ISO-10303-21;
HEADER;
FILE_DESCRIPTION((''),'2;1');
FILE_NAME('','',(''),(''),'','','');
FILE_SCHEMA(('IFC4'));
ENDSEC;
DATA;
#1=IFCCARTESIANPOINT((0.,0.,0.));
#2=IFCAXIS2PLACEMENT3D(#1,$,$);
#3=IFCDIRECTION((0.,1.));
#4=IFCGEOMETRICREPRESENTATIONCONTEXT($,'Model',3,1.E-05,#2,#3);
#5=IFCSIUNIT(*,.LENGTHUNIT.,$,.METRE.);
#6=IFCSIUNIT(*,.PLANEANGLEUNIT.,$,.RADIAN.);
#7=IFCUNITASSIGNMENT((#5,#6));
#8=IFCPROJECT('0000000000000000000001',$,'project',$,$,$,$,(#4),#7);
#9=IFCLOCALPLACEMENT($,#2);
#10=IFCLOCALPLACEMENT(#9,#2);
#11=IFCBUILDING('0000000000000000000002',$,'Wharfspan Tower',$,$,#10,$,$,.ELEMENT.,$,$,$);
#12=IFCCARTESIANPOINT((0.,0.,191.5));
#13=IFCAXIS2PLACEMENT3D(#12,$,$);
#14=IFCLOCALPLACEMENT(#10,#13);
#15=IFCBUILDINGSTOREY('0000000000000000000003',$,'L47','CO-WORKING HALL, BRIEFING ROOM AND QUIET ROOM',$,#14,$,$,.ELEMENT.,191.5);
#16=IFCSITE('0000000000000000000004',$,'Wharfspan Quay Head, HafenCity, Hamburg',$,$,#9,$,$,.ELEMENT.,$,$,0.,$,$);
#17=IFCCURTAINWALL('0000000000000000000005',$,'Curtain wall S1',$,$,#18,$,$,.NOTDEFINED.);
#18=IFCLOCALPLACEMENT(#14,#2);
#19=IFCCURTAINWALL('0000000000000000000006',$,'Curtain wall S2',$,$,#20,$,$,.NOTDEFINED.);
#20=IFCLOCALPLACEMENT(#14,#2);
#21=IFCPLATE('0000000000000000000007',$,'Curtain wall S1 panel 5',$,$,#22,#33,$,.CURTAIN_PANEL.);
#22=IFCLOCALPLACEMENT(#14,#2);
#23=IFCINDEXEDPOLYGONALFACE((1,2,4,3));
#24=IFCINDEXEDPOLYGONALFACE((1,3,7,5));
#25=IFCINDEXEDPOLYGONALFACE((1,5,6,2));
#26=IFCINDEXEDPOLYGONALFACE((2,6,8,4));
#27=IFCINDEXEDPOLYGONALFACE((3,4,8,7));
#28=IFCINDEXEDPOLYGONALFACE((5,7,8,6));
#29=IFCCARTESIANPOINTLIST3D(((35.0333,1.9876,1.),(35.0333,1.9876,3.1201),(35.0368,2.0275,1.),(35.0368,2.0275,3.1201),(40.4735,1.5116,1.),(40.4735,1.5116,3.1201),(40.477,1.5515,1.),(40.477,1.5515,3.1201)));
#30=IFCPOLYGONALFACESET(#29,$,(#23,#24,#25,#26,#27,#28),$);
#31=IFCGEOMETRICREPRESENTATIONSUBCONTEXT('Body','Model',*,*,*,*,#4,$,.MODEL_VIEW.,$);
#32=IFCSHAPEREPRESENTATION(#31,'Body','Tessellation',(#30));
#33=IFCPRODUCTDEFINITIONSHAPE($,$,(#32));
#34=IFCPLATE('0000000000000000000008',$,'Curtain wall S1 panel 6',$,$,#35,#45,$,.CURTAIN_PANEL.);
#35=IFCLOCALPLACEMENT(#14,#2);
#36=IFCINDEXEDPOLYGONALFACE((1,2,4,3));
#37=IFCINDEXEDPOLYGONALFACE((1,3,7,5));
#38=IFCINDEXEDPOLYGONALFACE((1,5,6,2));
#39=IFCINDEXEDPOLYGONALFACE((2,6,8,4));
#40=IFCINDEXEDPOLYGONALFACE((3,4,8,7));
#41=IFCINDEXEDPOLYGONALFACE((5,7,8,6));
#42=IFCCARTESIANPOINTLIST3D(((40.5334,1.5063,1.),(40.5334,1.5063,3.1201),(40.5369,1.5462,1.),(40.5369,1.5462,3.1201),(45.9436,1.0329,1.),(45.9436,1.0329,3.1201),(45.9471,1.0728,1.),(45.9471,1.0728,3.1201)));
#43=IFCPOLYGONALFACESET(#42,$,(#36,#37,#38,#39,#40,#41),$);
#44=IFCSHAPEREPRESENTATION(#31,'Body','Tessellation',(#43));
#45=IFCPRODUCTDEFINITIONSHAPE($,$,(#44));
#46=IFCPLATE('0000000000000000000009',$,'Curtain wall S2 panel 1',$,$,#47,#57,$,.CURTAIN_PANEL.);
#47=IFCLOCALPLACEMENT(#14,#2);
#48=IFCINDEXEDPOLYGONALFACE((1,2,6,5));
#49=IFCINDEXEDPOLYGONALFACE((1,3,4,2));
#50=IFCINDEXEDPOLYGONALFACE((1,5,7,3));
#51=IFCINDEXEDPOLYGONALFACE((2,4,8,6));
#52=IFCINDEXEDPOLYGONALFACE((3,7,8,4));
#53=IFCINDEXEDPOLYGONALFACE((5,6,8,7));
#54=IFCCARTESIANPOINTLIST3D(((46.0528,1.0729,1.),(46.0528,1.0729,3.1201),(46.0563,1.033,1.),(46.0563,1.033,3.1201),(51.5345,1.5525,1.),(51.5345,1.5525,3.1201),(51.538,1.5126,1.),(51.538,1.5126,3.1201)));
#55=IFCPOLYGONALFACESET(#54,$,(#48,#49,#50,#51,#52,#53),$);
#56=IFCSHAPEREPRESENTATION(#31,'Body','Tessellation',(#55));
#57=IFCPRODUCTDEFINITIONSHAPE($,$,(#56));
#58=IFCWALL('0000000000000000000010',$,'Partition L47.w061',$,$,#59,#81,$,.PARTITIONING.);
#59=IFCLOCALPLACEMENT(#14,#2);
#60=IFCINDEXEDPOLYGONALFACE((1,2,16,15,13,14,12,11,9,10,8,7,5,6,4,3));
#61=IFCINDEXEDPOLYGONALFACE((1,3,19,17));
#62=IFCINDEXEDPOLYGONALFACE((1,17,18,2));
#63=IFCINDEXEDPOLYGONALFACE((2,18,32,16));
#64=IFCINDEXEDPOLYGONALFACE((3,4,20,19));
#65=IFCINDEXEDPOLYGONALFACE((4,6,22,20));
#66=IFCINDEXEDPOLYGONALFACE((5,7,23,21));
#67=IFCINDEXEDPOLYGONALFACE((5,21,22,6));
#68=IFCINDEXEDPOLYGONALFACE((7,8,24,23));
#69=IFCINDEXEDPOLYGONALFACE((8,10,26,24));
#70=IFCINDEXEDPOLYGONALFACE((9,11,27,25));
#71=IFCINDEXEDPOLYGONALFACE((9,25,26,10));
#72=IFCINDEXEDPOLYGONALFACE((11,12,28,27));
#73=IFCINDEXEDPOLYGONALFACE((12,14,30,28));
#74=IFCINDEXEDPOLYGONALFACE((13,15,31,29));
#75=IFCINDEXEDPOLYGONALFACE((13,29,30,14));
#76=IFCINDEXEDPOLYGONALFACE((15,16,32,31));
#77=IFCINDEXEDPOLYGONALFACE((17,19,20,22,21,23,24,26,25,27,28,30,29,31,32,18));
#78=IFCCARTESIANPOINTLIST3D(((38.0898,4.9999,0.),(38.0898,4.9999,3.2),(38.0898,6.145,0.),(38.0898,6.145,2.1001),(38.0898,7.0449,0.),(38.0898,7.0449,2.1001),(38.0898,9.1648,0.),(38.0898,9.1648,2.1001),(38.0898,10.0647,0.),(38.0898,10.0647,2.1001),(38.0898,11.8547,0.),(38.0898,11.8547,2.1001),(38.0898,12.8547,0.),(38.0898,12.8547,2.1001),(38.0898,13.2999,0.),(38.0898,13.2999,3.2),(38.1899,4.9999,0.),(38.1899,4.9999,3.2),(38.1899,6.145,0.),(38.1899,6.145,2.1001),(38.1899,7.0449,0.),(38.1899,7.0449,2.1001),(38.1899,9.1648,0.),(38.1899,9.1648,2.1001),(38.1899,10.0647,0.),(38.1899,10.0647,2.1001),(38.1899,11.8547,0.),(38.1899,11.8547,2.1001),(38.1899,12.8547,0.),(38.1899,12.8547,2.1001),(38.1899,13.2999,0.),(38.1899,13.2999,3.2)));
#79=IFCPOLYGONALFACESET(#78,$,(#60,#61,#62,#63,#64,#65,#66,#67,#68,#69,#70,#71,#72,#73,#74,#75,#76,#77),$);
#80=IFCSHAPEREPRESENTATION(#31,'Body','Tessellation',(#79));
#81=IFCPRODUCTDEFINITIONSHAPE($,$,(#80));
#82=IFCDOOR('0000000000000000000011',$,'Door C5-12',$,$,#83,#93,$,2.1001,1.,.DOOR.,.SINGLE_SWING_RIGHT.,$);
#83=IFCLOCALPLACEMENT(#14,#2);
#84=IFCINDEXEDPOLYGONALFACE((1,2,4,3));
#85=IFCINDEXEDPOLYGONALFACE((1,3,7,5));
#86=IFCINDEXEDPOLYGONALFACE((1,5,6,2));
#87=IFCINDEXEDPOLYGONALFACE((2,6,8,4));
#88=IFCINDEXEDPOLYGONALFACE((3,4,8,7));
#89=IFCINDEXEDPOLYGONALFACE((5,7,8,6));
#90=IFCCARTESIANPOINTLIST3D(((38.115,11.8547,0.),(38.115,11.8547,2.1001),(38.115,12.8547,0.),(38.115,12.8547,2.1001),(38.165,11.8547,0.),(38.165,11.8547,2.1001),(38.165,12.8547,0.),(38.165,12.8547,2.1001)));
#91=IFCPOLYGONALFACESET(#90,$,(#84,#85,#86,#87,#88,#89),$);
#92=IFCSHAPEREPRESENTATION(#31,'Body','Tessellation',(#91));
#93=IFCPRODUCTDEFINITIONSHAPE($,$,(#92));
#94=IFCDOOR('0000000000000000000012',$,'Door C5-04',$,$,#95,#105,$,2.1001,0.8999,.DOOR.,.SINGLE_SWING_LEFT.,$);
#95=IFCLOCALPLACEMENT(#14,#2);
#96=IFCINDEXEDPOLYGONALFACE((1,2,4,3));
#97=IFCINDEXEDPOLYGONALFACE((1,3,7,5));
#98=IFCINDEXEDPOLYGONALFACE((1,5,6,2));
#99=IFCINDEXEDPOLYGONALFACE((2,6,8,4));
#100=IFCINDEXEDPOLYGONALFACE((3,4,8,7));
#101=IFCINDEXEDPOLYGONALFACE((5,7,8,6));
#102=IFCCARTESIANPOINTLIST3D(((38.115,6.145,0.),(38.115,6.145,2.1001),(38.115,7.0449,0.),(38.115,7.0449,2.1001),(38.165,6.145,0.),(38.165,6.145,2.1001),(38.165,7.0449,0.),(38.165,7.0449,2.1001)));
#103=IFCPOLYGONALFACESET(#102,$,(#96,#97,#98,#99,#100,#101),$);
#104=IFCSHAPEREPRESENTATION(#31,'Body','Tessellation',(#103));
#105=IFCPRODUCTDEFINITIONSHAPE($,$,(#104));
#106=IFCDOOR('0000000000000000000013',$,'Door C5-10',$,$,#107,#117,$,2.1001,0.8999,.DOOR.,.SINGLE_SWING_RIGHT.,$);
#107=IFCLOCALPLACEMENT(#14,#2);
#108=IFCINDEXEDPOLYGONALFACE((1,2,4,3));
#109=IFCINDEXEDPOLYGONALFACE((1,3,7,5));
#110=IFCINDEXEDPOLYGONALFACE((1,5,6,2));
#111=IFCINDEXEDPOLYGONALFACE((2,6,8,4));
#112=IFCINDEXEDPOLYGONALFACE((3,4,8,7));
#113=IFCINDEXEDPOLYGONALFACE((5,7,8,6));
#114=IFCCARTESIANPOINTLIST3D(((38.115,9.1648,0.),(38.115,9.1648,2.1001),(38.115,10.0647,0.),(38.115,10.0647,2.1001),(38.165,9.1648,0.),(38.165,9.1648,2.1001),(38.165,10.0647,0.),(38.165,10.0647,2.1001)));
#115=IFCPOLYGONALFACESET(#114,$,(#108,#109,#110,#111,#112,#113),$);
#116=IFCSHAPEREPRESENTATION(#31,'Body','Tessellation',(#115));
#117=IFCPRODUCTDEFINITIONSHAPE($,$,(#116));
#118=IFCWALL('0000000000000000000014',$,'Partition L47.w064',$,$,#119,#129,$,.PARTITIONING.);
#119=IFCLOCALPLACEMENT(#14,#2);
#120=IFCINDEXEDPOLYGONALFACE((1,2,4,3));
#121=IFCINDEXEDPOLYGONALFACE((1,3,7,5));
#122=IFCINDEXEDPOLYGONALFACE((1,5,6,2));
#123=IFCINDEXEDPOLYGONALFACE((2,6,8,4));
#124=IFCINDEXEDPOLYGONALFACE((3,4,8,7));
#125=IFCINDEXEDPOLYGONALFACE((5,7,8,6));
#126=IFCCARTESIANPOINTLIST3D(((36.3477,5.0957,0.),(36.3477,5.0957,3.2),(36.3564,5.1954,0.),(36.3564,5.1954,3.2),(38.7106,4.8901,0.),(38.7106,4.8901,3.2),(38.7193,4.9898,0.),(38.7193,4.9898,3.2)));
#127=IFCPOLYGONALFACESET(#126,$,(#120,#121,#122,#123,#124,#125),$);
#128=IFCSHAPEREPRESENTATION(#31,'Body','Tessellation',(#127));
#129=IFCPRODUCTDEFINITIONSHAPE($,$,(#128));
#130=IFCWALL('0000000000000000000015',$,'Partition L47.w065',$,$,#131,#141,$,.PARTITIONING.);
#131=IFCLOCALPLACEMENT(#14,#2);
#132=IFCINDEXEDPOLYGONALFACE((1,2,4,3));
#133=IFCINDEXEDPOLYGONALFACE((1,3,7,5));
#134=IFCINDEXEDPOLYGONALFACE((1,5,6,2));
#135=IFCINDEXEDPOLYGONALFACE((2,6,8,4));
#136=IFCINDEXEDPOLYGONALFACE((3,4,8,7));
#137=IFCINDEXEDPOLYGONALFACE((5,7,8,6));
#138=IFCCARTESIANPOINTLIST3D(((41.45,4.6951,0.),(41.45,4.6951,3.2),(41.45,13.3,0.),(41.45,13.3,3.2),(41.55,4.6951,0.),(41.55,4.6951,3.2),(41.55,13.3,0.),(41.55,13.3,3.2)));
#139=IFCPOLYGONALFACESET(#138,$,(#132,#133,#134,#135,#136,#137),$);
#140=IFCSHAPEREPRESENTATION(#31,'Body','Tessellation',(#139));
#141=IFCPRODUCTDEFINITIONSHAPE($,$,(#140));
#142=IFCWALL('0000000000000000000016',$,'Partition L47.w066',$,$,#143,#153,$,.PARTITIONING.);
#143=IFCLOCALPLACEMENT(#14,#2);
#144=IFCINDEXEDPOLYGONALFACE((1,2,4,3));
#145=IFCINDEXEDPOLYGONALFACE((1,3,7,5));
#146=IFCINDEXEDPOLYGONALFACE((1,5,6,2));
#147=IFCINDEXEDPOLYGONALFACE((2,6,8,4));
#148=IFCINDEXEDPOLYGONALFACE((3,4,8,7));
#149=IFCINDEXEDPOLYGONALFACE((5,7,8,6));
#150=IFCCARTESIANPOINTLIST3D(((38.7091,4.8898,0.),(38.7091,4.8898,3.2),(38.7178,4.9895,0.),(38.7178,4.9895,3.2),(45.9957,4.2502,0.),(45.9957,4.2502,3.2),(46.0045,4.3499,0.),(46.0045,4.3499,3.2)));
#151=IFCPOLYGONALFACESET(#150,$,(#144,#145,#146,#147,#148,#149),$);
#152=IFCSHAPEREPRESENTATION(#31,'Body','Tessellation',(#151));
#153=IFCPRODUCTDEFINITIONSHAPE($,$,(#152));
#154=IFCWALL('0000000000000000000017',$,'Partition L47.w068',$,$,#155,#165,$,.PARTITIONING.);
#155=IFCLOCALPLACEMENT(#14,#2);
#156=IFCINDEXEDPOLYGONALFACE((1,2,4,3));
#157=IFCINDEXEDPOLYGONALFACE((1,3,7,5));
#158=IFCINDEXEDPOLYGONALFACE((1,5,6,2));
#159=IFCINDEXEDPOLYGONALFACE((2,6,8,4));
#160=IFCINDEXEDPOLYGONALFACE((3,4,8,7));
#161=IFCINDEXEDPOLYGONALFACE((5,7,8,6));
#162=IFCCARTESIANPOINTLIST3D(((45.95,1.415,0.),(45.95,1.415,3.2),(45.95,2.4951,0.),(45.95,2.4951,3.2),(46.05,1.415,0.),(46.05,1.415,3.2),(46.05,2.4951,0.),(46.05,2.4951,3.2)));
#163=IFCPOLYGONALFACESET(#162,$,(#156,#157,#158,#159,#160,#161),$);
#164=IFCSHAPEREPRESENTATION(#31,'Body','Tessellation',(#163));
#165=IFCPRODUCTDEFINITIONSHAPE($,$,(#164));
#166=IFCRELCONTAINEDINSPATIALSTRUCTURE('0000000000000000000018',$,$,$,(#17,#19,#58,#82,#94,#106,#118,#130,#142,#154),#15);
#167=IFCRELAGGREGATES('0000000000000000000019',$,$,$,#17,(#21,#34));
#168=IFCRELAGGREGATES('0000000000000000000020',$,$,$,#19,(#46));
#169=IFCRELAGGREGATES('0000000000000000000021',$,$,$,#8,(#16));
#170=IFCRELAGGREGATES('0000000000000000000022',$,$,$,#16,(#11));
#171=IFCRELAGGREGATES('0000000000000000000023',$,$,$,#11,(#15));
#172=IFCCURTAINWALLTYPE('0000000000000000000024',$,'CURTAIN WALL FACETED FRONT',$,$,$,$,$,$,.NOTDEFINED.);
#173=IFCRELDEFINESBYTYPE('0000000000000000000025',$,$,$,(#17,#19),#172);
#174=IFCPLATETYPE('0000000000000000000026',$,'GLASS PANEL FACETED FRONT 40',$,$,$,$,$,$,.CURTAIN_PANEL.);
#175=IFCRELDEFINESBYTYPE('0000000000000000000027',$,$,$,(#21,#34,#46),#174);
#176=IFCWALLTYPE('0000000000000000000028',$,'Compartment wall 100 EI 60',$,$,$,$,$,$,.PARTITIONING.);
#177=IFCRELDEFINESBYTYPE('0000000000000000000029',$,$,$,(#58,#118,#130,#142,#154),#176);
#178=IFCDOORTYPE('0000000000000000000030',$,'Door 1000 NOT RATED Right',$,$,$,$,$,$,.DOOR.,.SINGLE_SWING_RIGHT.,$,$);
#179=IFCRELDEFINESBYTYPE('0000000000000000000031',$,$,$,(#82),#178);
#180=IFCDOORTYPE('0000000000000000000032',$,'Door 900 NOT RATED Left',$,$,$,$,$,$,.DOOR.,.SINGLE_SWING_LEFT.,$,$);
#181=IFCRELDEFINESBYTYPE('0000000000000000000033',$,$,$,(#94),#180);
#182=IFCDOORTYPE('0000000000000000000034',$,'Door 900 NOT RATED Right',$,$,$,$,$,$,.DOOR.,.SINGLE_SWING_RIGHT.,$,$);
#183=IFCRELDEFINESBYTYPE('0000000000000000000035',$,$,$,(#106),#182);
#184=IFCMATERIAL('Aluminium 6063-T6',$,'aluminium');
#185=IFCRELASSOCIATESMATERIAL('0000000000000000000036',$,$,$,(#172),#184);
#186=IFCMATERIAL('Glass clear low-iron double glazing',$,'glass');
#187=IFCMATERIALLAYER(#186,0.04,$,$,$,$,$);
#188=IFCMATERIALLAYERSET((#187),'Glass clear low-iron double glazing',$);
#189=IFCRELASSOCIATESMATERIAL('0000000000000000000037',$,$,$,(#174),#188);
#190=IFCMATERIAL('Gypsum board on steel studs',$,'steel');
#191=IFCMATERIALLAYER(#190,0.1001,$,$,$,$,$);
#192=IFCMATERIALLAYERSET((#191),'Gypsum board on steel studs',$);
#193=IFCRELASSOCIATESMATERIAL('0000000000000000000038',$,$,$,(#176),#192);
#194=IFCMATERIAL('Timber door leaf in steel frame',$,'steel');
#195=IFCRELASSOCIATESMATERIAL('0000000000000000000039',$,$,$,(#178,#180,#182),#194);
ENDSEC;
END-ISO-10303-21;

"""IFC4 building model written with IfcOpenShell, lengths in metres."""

from ifc_helpers import new_model, si_unit, direction, frame, frame_2d, origin, origin_2d, place, context, subcontext, project, spatial, rectangle, extrude, material, layer, layer_set, type_object, element, fill, aggregate, save


model = new_model("IFC4")

# Units and contexts
model_context = context("Model", 3, precision=1e-05, world=origin(), true_north=direction((0.0, 1.0)))
body_context = subcontext(model_context, "Body", "Model", "MODEL_VIEW")
ifc_project = project(units=[si_unit("LENGTHUNIT", "METRE"), si_unit("PLANEANGLEUNIT", "RADIAN")], contexts=[model_context])

# Site, building, storey
site_placement = place(None, origin())
site = spatial("IfcSite", under=ifc_project, at=site_placement, Name="Wharfspan Quay Head, HafenCity, Hamburg", CompositionType="ELEMENT", RefElevation=0.0)
building_placement = place(site_placement, origin())
building = spatial("IfcBuilding", under=site, at=building_placement, Name="Wharfspan Tower", CompositionType="ELEMENT")
storey_placement = place(building_placement, frame((0.0, 0.0, 191.5)))
storey = spatial("IfcBuildingStorey", under=building, at=storey_placement, Name="L47", Description="CO-WORKING HALL, BRIEFING ROOM AND QUIET ROOM", CompositionType="ELEMENT", Elevation=191.5)

# Curtain walls
ifc_material_1 = material(Name="Aluminium 6063-T6", Category="aluminium")
curtain_wall_type = type_object("IfcCurtainWallType", Name="CURTAIN WALL FACETED FRONT", PredefinedType="NOTDEFINED", material=ifc_material_1)
curtain_wall_1_placement = place(storey_placement, origin())
curtain_wall_1 = element("IfcCurtainWall", 1, at=curtain_wall_1_placement, inside=storey, type_object=curtain_wall_type, Name="Curtain wall S1", PredefinedType="NOTDEFINED")
curtain_wall_2_placement = place(storey_placement, origin())
curtain_wall_2 = element("IfcCurtainWall", 2, at=curtain_wall_2_placement, inside=storey, type_object=curtain_wall_type, Name="Curtain wall S2", PredefinedType="NOTDEFINED")

# Plates
ifc_material_2 = material(Name="Glass clear low-iron double glazing", Category="glass")
ifc_layer_1 = layer(ifc_material_2, 0.04)
ifc_layer_set_1 = layer_set([ifc_layer_1], Name="Glass clear low-iron double glazing")
plate_type = type_object("IfcPlateType", Name="GLASS PANEL FACETED FRONT 40", PredefinedType="CURTAIN_PANEL", material=ifc_layer_set_1)
plate_1_placement = place(storey_placement, frame((37.7551, 1.7695, 1.0), z_axis=(0.0, 0.0, 1.0), x_axis=(0.996198, -0.087156, 0.0)))
plate_1 = element("IfcPlate", 3, at=plate_1_placement, type_object=plate_type, Name="Curtain wall S1 panel 5", PredefinedType="CURTAIN_PANEL", context=body_context, shape_type="SweptSolid", body=[
    extrude(rectangle(XDim=5.4609, YDim=0.04, at=origin_2d()), origin(), (0.0, 0.0, 1.0), 2.1201),
])
plate_2_placement = place(storey_placement, frame((43.2402, 1.2896, 1.0), z_axis=(0.0, 0.0, 1.0), x_axis=(0.996198, -0.087156, 0.0)))
plate_2 = element("IfcPlate", 4, at=plate_2_placement, type_object=plate_type, Name="Curtain wall S1 panel 6", PredefinedType="CURTAIN_PANEL", context=body_context, shape_type="SweptSolid", body=[
    extrude(rectangle(XDim=5.4309, YDim=0.04, at=origin_2d()), origin(), (0.0, 0.0, 1.0), 2.1201),
])
aggregate(curtain_wall_1, [plate_1, plate_2])
plate_3_placement = place(storey_placement, frame((48.7954, 1.2927, 1.0), z_axis=(0.0, 0.0, 1.0), x_axis=(0.996198, 0.087156, 0.0)))
plate_3 = element("IfcPlate", 5, at=plate_3_placement, type_object=plate_type, Name="Curtain wall S2 panel 1", PredefinedType="CURTAIN_PANEL", context=body_context, shape_type="SweptSolid", body=[
    extrude(rectangle(XDim=5.5027, YDim=0.04, at=origin_2d()), origin(), (0.0, 0.0, 1.0), 2.1201),
])
aggregate(curtain_wall_2, [plate_3])

# Wall, openings, doors
ifc_material_3 = material(Name="Gypsum board on steel studs", Category="steel")
ifc_layer_2 = layer(ifc_material_3, 0.1001)
ifc_layer_set_2 = layer_set([ifc_layer_2], Name="Gypsum board on steel studs")
wall_type_1 = type_object("IfcWallType", Name="Compartment wall 100 EI 60", PredefinedType="PARTITIONING", material=ifc_layer_set_2)
wall_1_placement = place(storey_placement, frame((38.1399, 5.0, 0.0), z_axis=(0.0, 0.0, 1.0), x_axis=(0.0, 1.0, 0.0)))
wall_1 = element("IfcWall", 6, at=wall_1_placement, inside=storey, type_object=wall_type_1, Name="Partition L47.w061", PredefinedType="PARTITIONING", context=body_context, shape_type="SweptSolid", body=[
    extrude(rectangle(XDim=8.3, YDim=0.1001, at=frame_2d((4.1499, 0.0))), origin(), (0.0, 0.0, 1.0), 3.2),
])
opening_1_placement = place(wall_1_placement, frame((1.145, 0.0, 0.0)))
opening_1 = element("IfcOpeningElement", 7, at=opening_1_placement, cuts=wall_1, PredefinedType="OPENING", context=body_context, shape_type="SweptSolid", body=[
    extrude(rectangle(XDim=0.8999, YDim=2.1001, at=frame_2d((0.45, 1.05))), frame((0.0, 0.0601, 0.0), z_axis=(0.0, -1.0, 0.0), x_axis=(1.0, 0.0, 0.0)), (0.0, 0.0, 1.0), 0.1201),
])
opening_2_placement = place(wall_1_placement, frame((4.1648, 0.0, 0.0)))
opening_2 = element("IfcOpeningElement", 8, at=opening_2_placement, cuts=wall_1, PredefinedType="OPENING", context=body_context, shape_type="SweptSolid", body=[
    extrude(rectangle(XDim=0.8999, YDim=2.1001, at=frame_2d((0.45, 1.05))), frame((0.0, 0.0601, 0.0), z_axis=(0.0, -1.0, 0.0), x_axis=(1.0, 0.0, 0.0)), (0.0, 0.0, 1.0), 0.1201),
])
opening_3_placement = place(wall_1_placement, frame((6.8547, 0.0, 0.0)))
opening_3 = element("IfcOpeningElement", 9, at=opening_3_placement, cuts=wall_1, PredefinedType="OPENING", context=body_context, shape_type="SweptSolid", body=[
    extrude(rectangle(XDim=1.0, YDim=2.1001, at=frame_2d((0.5, 1.05))), frame((0.0, 0.0601, 0.0), z_axis=(0.0, -1.0, 0.0), x_axis=(1.0, 0.0, 0.0)), (0.0, 0.0, 1.0), 0.1201),
])
ifc_material_4 = material(Name="Timber door leaf in steel frame", Category="steel")
door_type_1 = type_object("IfcDoorType", Name="Door 1000 NOT RATED Right", OperationType="SINGLE_SWING_RIGHT", PredefinedType="DOOR", material=ifc_material_4)
door_1_placement = place(opening_3_placement, origin())
door_1 = element("IfcDoor", 10, at=door_1_placement, inside=storey, type_object=door_type_1, Name="Door C5-12", OperationType="SINGLE_SWING_RIGHT", OverallHeight=2.1001, OverallWidth=1.0, PredefinedType="DOOR", context=body_context, shape_type="SweptSolid", body=[
    extrude(rectangle(XDim=1.0, YDim=2.1001, at=frame_2d((0.5, 1.05))), frame((0.0, 0.0249, 0.0), z_axis=(0.0, -1.0, 0.0), x_axis=(1.0, 0.0, 0.0)), (0.0, 0.0, 1.0), 0.05),
])
fill(opening_3, door_1)
door_type_2 = type_object("IfcDoorType", Name="Door 900 NOT RATED Left", OperationType="SINGLE_SWING_LEFT", PredefinedType="DOOR", material=ifc_material_4)
door_2_placement = place(opening_1_placement, origin())
door_2 = element("IfcDoor", 11, at=door_2_placement, inside=storey, type_object=door_type_2, Name="Door C5-04", OperationType="SINGLE_SWING_LEFT", OverallHeight=2.1001, OverallWidth=0.8999, PredefinedType="DOOR", context=body_context, shape_type="SweptSolid", body=[
    extrude(rectangle(XDim=0.8999, YDim=2.1001, at=frame_2d((0.45, 1.05))), frame((0.0, 0.0249, 0.0), z_axis=(0.0, -1.0, 0.0), x_axis=(1.0, 0.0, 0.0)), (0.0, 0.0, 1.0), 0.05),
])
fill(opening_1, door_2)
door_type_3 = type_object("IfcDoorType", Name="Door 900 NOT RATED Right", OperationType="SINGLE_SWING_RIGHT", PredefinedType="DOOR", material=ifc_material_4)
door_3_placement = place(opening_2_placement, origin())
door_3 = element("IfcDoor", 12, at=door_3_placement, inside=storey, type_object=door_type_3, Name="Door C5-10", OperationType="SINGLE_SWING_RIGHT", OverallHeight=2.1001, OverallWidth=0.8999, PredefinedType="DOOR", context=body_context, shape_type="SweptSolid", body=[
    extrude(rectangle(XDim=0.8999, YDim=2.1001, at=frame_2d((0.45, 1.05))), frame((0.0, 0.0249, 0.0), z_axis=(0.0, -1.0, 0.0), x_axis=(1.0, 0.0, 0.0)), (0.0, 0.0, 1.0), 0.05),
])
fill(opening_2, door_3)

# Walls
wall_2_placement = place(storey_placement, frame((38.7151, 4.9399, 0.0), z_axis=(0.0, 0.0, 1.0), x_axis=(-0.996236, 0.086674, 0.0)))
element("IfcWall", 13, at=wall_2_placement, inside=storey, type_object=wall_type_1, Name="Partition L47.w064", PredefinedType="PARTITIONING", context=body_context, shape_type="SweptSolid", body=[
    extrude(rectangle(XDim=2.3718, YDim=0.1001, at=frame_2d((1.186, 0.0))), origin(), (0.0, 0.0, 1.0), 3.2),
])
wall_3_placement = place(storey_placement, frame((41.5, 4.6951, 0.0), z_axis=(0.0, 0.0, 1.0), x_axis=(0.0, 1.0, 0.0)))
element("IfcWall", 14, at=wall_3_placement, inside=storey, type_object=wall_type_1, Name="Partition L47.w065", PredefinedType="PARTITIONING", context=body_context, shape_type="SweptSolid", body=[
    extrude(rectangle(XDim=8.605, YDim=0.1001, at=frame_2d((4.3025, 0.0))), origin(), (0.0, 0.0, 1.0), 3.2),
])
wall_4_placement = place(storey_placement, frame((46.0, 4.3, 0.0), z_axis=(0.0, 0.0, 1.0), x_axis=(-0.996173, 0.087448, 0.0)))
element("IfcWall", 15, at=wall_4_placement, inside=storey, type_object=wall_type_1, Name="Partition L47.w066", PredefinedType="PARTITIONING", context=body_context, shape_type="SweptSolid", body=[
    extrude(rectangle(XDim=7.3147, YDim=0.1001, at=frame_2d((3.6572, 0.0))), origin(), (0.0, 0.0, 1.0), 3.2),
])
wall_5_placement = place(storey_placement, frame((46.0, 1.415, 0.0), z_axis=(0.0, 0.0, 1.0), x_axis=(0.0, 1.0, 0.0)))
element("IfcWall", 16, at=wall_5_placement, inside=storey, type_object=wall_type_1, Name="Partition L47.w068", PredefinedType="PARTITIONING", context=body_context, shape_type="SweptSolid", body=[
    extrude(rectangle(XDim=1.0801, YDim=0.1001, at=frame_2d((0.54, 0.0))), origin(), (0.0, 0.0, 1.0), 3.2),
])

save(model, "model.ifc")
